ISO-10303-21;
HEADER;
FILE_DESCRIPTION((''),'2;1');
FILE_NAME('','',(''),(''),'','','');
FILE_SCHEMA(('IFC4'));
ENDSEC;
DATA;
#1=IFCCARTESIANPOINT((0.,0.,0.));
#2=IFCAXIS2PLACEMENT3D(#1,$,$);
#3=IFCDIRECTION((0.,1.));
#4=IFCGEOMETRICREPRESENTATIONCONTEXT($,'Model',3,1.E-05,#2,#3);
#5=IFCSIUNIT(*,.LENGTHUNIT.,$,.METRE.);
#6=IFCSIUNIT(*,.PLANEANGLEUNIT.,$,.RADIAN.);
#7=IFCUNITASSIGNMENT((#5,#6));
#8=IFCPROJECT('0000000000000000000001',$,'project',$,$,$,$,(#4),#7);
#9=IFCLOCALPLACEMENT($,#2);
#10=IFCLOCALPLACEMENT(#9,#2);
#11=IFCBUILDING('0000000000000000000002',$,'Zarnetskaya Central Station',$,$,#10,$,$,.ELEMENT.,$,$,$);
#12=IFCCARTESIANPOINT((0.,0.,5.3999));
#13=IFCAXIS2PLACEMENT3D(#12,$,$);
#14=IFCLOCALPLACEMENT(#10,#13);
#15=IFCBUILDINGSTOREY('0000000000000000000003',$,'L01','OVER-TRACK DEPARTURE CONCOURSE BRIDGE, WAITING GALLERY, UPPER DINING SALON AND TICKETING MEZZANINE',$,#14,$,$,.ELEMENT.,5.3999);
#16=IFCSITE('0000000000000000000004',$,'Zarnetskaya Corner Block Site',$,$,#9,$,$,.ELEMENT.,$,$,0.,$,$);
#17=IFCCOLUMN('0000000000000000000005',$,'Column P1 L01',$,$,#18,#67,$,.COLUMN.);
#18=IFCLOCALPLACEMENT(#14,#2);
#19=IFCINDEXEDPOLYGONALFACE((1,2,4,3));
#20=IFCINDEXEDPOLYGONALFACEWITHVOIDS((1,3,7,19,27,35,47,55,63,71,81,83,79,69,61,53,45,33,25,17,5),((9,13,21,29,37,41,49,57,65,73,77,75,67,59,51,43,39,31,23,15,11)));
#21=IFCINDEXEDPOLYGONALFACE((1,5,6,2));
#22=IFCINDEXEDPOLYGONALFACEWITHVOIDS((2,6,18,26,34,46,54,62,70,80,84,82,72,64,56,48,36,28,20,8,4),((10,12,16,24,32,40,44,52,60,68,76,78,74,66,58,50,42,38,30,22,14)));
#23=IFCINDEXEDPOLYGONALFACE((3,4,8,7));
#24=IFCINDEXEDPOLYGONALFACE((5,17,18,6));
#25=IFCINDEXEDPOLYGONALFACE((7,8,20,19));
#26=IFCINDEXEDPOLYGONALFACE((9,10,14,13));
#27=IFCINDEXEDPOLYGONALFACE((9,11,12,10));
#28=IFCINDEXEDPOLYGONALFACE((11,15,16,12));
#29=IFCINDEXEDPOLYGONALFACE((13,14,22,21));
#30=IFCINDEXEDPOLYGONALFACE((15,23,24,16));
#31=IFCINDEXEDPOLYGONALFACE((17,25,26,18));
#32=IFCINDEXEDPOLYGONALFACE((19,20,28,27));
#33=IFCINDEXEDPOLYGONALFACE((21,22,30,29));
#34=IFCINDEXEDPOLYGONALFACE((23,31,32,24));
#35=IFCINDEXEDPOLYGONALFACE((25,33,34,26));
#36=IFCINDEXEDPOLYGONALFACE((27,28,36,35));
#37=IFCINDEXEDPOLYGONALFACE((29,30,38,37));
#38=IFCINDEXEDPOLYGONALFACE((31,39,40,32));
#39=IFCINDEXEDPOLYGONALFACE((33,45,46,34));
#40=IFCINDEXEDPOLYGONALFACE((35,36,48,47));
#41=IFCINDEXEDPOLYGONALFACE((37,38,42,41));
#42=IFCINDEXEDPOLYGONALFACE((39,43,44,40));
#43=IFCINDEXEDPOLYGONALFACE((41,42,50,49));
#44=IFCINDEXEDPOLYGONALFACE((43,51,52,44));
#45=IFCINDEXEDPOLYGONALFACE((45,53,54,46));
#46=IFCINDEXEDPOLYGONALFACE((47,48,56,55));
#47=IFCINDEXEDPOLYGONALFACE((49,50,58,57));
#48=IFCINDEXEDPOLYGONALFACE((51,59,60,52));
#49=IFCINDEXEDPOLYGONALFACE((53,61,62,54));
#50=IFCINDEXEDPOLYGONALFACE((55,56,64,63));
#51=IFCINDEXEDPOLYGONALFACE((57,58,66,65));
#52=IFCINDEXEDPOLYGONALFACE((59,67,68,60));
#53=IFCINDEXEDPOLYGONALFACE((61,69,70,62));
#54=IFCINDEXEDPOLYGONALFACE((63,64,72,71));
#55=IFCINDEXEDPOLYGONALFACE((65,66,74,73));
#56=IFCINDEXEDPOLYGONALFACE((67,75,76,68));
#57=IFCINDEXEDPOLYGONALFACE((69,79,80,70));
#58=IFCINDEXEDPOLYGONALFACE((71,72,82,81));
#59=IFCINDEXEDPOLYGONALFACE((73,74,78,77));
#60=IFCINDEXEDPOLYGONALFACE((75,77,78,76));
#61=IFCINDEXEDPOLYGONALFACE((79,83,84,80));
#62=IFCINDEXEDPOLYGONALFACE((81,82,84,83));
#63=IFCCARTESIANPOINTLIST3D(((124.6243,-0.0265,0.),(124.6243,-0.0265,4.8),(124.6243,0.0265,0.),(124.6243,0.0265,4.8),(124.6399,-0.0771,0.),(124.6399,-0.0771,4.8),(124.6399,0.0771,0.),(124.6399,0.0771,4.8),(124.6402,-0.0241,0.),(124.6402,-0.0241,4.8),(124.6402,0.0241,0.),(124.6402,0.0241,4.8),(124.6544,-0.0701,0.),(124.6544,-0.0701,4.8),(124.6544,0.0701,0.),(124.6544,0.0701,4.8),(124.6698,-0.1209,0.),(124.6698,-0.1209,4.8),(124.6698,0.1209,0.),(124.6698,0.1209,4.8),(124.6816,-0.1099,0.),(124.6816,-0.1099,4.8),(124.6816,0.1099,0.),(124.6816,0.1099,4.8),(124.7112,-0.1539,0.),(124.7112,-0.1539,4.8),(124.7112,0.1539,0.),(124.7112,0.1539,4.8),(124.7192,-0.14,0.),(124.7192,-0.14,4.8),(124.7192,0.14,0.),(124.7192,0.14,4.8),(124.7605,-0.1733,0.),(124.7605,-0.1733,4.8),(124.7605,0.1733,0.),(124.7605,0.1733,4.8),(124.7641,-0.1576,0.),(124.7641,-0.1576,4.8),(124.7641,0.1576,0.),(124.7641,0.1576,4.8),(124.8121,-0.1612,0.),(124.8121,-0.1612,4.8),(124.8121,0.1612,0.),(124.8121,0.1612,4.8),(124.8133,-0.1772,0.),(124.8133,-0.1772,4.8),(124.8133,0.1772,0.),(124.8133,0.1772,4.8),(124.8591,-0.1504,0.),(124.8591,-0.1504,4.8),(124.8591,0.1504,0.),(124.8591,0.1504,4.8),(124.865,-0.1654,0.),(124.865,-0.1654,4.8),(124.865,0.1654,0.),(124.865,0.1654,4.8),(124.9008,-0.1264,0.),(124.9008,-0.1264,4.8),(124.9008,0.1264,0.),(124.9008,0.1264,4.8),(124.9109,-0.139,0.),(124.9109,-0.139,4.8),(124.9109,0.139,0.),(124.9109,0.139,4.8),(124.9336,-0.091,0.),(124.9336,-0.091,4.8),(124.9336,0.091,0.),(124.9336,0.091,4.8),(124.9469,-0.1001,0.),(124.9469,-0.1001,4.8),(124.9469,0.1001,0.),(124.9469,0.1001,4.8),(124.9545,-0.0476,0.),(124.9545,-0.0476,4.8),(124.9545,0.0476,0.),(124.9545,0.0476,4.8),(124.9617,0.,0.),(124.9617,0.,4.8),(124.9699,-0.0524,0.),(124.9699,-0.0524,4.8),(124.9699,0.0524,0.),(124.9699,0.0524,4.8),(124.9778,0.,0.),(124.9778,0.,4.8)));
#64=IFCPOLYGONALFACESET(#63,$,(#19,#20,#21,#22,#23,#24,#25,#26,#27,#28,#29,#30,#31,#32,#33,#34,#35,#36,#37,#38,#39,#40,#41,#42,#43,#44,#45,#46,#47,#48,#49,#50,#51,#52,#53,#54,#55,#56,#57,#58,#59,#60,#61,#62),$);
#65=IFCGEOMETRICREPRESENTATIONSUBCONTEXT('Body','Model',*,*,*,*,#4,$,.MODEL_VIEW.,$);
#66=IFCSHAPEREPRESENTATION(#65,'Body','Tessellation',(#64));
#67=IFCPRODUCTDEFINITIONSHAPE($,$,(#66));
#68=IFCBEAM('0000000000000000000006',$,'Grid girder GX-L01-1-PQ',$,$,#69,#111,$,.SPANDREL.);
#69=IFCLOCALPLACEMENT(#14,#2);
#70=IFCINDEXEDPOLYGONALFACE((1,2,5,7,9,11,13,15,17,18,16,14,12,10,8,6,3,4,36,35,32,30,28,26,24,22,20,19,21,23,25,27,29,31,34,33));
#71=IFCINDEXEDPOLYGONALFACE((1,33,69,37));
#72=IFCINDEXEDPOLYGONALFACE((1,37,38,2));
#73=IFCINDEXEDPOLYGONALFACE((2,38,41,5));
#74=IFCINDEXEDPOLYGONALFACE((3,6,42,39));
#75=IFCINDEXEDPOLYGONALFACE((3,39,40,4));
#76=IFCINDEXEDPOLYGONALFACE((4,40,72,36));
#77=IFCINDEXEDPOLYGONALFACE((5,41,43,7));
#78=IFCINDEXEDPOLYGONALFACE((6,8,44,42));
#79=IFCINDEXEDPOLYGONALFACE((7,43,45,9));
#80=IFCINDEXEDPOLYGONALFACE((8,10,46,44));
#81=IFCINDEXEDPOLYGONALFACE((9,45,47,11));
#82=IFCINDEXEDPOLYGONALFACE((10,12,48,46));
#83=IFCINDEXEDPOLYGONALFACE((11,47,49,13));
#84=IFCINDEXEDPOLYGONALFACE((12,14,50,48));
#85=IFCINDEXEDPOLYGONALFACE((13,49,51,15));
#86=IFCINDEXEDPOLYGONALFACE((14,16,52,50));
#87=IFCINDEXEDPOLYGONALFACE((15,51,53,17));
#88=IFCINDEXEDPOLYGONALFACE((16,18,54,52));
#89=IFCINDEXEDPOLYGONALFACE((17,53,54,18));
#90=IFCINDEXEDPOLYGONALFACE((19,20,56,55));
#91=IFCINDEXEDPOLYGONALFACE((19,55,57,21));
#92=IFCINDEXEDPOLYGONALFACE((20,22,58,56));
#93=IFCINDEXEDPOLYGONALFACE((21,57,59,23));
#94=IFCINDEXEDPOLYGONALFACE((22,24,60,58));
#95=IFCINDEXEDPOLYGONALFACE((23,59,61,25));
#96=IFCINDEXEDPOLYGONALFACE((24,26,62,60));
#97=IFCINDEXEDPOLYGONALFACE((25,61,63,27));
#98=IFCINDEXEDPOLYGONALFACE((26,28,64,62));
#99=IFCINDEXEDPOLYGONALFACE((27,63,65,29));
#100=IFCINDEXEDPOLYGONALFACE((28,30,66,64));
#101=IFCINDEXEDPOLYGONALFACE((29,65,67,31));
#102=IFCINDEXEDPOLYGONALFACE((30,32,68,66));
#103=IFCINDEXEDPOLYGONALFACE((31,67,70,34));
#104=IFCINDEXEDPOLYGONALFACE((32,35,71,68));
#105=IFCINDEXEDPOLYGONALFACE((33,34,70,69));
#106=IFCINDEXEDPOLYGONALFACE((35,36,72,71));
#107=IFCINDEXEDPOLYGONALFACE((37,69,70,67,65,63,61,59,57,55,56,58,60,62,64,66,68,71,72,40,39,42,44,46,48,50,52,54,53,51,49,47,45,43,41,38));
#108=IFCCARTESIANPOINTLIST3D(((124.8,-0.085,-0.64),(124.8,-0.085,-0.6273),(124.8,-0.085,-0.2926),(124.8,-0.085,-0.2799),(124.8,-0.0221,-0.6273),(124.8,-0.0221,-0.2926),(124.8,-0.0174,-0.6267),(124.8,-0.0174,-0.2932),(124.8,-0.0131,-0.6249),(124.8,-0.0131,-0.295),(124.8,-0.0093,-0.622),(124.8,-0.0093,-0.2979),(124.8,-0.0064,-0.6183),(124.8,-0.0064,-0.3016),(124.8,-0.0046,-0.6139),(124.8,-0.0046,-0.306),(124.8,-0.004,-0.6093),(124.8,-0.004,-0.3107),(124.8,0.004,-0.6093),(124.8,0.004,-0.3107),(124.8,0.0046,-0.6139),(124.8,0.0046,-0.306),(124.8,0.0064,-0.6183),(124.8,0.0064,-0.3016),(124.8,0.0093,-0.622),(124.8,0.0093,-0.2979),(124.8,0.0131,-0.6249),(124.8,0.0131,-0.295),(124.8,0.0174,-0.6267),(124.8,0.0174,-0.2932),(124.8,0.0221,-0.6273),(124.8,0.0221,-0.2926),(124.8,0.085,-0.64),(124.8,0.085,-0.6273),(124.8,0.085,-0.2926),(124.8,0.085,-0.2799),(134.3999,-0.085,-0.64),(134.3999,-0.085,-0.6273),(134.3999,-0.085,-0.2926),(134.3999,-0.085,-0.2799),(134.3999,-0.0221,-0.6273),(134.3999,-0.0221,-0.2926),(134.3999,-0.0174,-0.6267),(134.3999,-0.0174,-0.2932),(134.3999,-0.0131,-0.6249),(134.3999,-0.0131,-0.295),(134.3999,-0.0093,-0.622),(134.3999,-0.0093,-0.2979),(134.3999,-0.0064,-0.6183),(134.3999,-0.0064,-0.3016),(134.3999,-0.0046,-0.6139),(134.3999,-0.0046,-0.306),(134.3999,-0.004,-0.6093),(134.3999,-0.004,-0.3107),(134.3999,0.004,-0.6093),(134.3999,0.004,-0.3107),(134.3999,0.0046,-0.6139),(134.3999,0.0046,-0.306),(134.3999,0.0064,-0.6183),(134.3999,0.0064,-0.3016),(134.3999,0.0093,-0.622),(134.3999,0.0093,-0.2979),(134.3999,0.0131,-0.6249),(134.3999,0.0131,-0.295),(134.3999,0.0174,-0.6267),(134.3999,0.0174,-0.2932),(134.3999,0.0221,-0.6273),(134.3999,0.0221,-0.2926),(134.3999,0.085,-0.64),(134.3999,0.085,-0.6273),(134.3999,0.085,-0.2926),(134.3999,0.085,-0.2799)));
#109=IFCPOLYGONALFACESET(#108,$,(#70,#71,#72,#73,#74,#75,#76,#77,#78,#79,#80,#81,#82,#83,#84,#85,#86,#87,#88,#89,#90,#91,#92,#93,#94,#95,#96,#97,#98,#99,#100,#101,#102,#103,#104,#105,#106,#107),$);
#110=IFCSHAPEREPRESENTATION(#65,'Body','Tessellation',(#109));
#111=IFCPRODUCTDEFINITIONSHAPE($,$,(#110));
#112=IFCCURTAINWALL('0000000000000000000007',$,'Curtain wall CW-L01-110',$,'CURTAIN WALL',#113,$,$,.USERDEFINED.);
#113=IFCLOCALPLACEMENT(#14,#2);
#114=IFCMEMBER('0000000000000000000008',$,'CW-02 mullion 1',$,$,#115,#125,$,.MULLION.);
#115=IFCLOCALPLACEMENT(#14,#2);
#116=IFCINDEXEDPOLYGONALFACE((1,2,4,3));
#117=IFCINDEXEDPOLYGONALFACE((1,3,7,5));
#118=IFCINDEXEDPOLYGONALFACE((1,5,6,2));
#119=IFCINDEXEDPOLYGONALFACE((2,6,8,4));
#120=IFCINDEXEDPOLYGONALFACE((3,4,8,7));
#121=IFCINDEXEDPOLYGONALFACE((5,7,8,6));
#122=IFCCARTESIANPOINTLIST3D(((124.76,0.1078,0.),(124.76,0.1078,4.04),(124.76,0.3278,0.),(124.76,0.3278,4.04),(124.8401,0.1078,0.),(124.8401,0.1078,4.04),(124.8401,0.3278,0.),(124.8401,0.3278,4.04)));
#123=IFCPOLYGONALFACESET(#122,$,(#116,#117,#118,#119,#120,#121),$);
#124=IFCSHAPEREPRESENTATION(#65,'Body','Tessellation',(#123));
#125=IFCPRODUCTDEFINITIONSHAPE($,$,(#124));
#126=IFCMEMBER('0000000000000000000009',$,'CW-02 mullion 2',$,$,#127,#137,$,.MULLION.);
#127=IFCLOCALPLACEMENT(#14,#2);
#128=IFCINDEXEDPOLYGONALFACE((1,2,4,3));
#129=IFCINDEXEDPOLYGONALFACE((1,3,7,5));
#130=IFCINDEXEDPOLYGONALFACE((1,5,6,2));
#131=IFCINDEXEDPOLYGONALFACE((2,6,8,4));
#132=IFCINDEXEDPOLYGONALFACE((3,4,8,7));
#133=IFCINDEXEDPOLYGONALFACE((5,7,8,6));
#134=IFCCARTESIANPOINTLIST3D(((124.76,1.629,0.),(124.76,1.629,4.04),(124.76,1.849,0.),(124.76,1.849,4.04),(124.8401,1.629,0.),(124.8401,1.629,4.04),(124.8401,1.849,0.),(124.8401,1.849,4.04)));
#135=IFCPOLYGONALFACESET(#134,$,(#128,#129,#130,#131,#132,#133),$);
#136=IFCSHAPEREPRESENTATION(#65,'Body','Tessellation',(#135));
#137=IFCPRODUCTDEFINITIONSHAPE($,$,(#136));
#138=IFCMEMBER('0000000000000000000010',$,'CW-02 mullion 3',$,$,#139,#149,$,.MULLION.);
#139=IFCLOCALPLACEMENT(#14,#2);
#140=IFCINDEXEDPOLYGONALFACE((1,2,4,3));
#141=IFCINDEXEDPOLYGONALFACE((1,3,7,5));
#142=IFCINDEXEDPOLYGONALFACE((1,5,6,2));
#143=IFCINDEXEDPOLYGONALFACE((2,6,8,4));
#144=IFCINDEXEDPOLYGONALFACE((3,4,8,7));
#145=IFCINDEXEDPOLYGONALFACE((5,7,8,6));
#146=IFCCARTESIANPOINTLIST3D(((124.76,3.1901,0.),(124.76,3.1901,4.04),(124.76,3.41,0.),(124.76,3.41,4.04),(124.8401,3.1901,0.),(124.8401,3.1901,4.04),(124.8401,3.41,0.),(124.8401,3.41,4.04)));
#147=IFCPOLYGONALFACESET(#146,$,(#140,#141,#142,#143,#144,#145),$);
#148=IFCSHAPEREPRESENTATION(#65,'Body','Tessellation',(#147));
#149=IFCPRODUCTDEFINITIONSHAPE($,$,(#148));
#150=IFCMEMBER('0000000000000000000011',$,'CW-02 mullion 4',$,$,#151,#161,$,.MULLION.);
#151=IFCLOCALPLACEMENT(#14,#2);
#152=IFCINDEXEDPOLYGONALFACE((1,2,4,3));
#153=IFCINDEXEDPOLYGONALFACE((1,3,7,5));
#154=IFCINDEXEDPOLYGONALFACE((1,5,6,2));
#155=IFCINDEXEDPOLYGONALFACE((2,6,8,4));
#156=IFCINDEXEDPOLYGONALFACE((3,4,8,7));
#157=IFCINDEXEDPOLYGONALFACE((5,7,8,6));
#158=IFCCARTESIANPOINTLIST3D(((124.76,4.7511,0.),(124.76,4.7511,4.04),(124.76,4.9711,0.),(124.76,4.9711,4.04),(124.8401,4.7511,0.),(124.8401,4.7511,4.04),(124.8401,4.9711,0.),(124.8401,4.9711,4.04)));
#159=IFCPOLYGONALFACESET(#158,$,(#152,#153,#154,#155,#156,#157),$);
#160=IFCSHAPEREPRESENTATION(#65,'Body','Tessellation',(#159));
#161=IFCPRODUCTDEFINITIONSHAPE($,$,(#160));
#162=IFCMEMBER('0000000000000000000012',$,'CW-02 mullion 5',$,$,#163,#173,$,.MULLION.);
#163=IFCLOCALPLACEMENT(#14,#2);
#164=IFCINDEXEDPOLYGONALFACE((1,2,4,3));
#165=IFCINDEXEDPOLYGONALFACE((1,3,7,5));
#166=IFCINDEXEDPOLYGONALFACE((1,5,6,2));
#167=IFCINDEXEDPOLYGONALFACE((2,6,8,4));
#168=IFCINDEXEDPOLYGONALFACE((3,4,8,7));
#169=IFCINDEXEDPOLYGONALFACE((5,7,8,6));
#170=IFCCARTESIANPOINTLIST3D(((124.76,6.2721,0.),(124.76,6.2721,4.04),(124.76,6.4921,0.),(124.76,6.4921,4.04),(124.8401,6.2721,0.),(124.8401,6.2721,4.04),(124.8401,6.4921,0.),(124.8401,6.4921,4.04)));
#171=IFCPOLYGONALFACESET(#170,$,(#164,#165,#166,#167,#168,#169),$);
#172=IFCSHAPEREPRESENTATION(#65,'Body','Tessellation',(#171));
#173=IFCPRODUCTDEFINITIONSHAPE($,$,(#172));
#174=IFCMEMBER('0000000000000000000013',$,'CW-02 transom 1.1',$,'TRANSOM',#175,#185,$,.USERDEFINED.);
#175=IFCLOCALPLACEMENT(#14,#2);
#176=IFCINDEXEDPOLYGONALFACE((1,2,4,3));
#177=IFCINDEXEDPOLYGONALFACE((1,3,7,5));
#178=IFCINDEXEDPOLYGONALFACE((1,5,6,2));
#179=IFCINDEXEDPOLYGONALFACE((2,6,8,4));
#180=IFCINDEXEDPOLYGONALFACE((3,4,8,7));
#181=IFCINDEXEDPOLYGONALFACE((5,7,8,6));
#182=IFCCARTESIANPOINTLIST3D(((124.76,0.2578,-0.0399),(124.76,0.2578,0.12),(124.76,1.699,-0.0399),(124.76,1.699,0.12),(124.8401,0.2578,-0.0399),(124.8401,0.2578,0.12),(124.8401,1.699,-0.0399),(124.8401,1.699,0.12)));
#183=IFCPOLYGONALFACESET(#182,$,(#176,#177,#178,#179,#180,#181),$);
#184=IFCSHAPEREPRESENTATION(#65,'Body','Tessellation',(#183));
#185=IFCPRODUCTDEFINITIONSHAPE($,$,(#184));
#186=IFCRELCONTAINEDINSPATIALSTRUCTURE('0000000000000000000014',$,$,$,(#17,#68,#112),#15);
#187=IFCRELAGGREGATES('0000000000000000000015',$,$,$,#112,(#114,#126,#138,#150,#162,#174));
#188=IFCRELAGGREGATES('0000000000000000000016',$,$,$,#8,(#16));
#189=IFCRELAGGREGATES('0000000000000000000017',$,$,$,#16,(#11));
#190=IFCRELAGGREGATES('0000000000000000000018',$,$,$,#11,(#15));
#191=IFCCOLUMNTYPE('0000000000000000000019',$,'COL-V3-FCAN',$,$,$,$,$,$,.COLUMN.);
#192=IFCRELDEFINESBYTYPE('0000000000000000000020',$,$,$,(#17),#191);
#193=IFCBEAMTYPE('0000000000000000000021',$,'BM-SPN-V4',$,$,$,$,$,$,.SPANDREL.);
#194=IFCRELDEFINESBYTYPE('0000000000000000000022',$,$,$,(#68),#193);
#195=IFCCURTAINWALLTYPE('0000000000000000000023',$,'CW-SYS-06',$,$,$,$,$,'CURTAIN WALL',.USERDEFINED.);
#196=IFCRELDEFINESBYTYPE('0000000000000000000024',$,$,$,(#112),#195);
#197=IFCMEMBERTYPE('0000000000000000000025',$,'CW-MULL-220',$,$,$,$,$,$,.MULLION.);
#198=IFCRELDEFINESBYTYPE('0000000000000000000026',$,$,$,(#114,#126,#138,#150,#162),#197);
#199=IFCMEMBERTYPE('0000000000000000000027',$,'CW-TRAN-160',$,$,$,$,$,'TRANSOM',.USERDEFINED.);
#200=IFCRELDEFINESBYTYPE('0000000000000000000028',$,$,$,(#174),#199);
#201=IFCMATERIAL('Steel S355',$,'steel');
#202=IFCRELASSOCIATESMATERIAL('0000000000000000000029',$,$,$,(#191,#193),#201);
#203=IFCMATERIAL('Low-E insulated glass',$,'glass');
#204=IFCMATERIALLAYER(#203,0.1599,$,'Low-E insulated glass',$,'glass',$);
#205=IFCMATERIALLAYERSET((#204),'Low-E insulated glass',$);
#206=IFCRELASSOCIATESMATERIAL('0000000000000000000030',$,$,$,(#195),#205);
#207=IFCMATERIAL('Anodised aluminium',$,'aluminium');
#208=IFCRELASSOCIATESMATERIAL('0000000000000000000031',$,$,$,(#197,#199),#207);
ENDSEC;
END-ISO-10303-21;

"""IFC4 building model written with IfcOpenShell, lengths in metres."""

from ifc_helpers import new_model, si_unit, direction, frame, origin, origin_2d, place, context, subcontext, project, spatial, rectangle, hollow_circle, i_section, extrude, material, layer, layer_set, material_profile, profile_set, type_object, element, aggregate, save


model = new_model("IFC4")

# Units and contexts
model_context = context("Model", 3, precision=1e-05, world=origin(), true_north=direction((0.0, 1.0)))
body_context = subcontext(model_context, "Body", "Model", "MODEL_VIEW")
ifc_project = project(units=[si_unit("LENGTHUNIT", "METRE"), si_unit("PLANEANGLEUNIT", "RADIAN")], contexts=[model_context])

# Site, building, storey
site_placement = place(None, origin())
site = spatial("IfcSite", under=ifc_project, at=site_placement, Name="Zarnetskaya Corner Block Site", CompositionType="ELEMENT", RefElevation=0.0)
building_placement = place(site_placement, origin())
building = spatial("IfcBuilding", under=site, at=building_placement, Name="Zarnetskaya Central Station", CompositionType="ELEMENT")
storey_placement = place(building_placement, frame((0.0, 0.0, 5.3999)))
storey = spatial("IfcBuildingStorey", under=building, at=storey_placement, Name="L01", Description="OVER-TRACK DEPARTURE CONCOURSE BRIDGE, WAITING GALLERY, UPPER DINING SALON AND TICKETING MEZZANINE", CompositionType="ELEMENT", Elevation=5.3999)

# Column
ifc_material_1 = material(Name="Steel S355", Category="steel")
ifc_material_profile_1 = material_profile(ifc_material_1, hollow_circle(Radius=0.1777, WallThickness=0.0161, at=origin_2d()), Name="CHS 355.6x16")
ifc_profile_set_1 = profile_set([ifc_material_profile_1], Name="Steel S355")
column_type = type_object("IfcColumnType", Name="COL-V3-FCAN", PredefinedType="COLUMN", material=ifc_profile_set_1)
column_placement = place(storey_placement, frame((124.8, 0.0, 0.0), z_axis=(0.0, 0.0, 1.0), x_axis=(1.0, 0.0, 0.0)))
element("IfcColumn", 1, at=column_placement, inside=storey, type_object=column_type, Name="Column P1 L01", PredefinedType="COLUMN", context=body_context, shape_type="SweptSolid", body=[
    extrude(hollow_circle(Radius=0.1777, WallThickness=0.0161, at=origin_2d()), origin(), (0.0, 0.0, 1.0), 4.8),
])

# Beam
ifc_material_profile_2 = material_profile(ifc_material_1, i_section(OverallWidth=0.1699, OverallDepth=0.3601, WebThickness=0.0081, FlangeThickness=0.0127, FilletRadius=0.0181, at=origin_2d()), Name="IPE 360")
ifc_profile_set_2 = profile_set([ifc_material_profile_2], Name="Steel S355")
beam_type_1 = type_object("IfcBeamType", Name="BM-SPN-V4", PredefinedType="SPANDREL", material=ifc_profile_set_2)
beam_1_placement = place(storey_placement, frame((124.8, 0.0, -0.46), z_axis=(1.0, 0.0, 0.0), x_axis=(0.0, 1.0, 0.0)))
element("IfcBeam", 2, at=beam_1_placement, inside=storey, type_object=beam_type_1, Name="Grid girder GX-L01-1-PQ", PredefinedType="SPANDREL", context=body_context, shape_type="SweptSolid", body=[
    extrude(i_section(OverallWidth=0.1699, OverallDepth=0.3601, WebThickness=0.0081, FlangeThickness=0.0127, FilletRadius=0.0181, at=origin_2d()), origin(), (0.0, 0.0, 1.0), 9.5999),
])

# Curtain wall, members
ifc_material_2 = material(Name="Low-E insulated glass", Category="glass")
ifc_layer_1 = layer(ifc_material_2, 0.1599, Name="Low-E insulated glass", Category="glass")
ifc_layer_set_1 = layer_set([ifc_layer_1], Name="Low-E insulated glass")
curtain_wall_type = type_object("IfcCurtainWallType", Name="CW-SYS-06", ElementType="CURTAIN WALL", PredefinedType="USERDEFINED", material=ifc_layer_set_1)
curtain_wall_placement = place(storey_placement, origin())
curtain_wall = element("IfcCurtainWall", 3, at=curtain_wall_placement, inside=storey, type_object=curtain_wall_type, Name="Curtain wall CW-L01-110", ObjectType="CURTAIN WALL", PredefinedType="USERDEFINED")
ifc_material_3 = material(Name="Anodised aluminium", Category="aluminium")
ifc_material_profile_3 = material_profile(ifc_material_3, rectangle(XDim=0.0801, YDim=0.22, at=origin_2d()), Name="ALU MULL 80x220")
ifc_profile_set_3 = profile_set([ifc_material_profile_3], Name="Anodised aluminium")
member_type_1 = type_object("IfcMemberType", Name="CW-MULL-220", PredefinedType="MULLION", material=ifc_profile_set_3)
member_1_placement = place(storey_placement, frame((124.8, 0.2178, 0.0), z_axis=(0.0, 0.0, 1.0), x_axis=(-1.0, 0.0, 0.0)))
member_1 = element("IfcMember", 4, at=member_1_placement, type_object=member_type_1, Name="CW-02 mullion 1", PredefinedType="MULLION", context=body_context, shape_type="SweptSolid", body=[
    extrude(rectangle(XDim=0.0801, YDim=0.22, at=origin_2d()), origin(), (0.0, 0.0, 1.0), 4.04),
])
member_2_placement = place(storey_placement, frame((124.8, 1.739, 0.0), z_axis=(0.0, 0.0, 1.0), x_axis=(-1.0, 0.0, 0.0)))
member_2 = element("IfcMember", 5, at=member_2_placement, type_object=member_type_1, Name="CW-02 mullion 2", PredefinedType="MULLION", context=body_context, shape_type="SweptSolid", body=[
    extrude(rectangle(XDim=0.0801, YDim=0.22, at=origin_2d()), origin(), (0.0, 0.0, 1.0), 4.04),
])
member_3_placement = place(storey_placement, frame((124.8, 3.3, 0.0), z_axis=(0.0, 0.0, 1.0), x_axis=(-1.0, 0.0, 0.0)))
member_3 = element("IfcMember", 6, at=member_3_placement, type_object=member_type_1, Name="CW-02 mullion 3", PredefinedType="MULLION", context=body_context, shape_type="SweptSolid", body=[
    extrude(rectangle(XDim=0.0801, YDim=0.22, at=origin_2d()), origin(), (0.0, 0.0, 1.0), 4.04),
])
member_4_placement = place(storey_placement, frame((124.8, 4.8611, 0.0), z_axis=(0.0, 0.0, 1.0), x_axis=(-1.0, 0.0, 0.0)))
member_4 = element("IfcMember", 7, at=member_4_placement, type_object=member_type_1, Name="CW-02 mullion 4", PredefinedType="MULLION", context=body_context, shape_type="SweptSolid", body=[
    extrude(rectangle(XDim=0.0801, YDim=0.22, at=origin_2d()), origin(), (0.0, 0.0, 1.0), 4.04),
])
member_5_placement = place(storey_placement, frame((124.8, 6.3821, 0.0), z_axis=(0.0, 0.0, 1.0), x_axis=(-1.0, 0.0, 0.0)))
member_5 = element("IfcMember", 8, at=member_5_placement, type_object=member_type_1, Name="CW-02 mullion 5", PredefinedType="MULLION", context=body_context, shape_type="SweptSolid", body=[
    extrude(rectangle(XDim=0.0801, YDim=0.22, at=origin_2d()), origin(), (0.0, 0.0, 1.0), 4.04),
])
ifc_material_profile_4 = material_profile(ifc_material_3, rectangle(XDim=0.0801, YDim=0.1599, at=origin_2d()), Name="ALU TRAN 80x160")
ifc_profile_set_4 = profile_set([ifc_material_profile_4], Name="Anodised aluminium")
member_type_2 = type_object("IfcMemberType", Name="CW-TRAN-160", ElementType="TRANSOM", PredefinedType="USERDEFINED", material=ifc_profile_set_4)
member_6_placement = place(storey_placement, frame((124.8, 0.2578, 0.04), z_axis=(0.0, 1.0, 0.0), x_axis=(-1.0, 0.0, 0.0)))
member_6 = element("IfcMember", 9, at=member_6_placement, type_object=member_type_2, Name="CW-02 transom 1.1", ObjectType="TRANSOM", PredefinedType="USERDEFINED", context=body_context, shape_type="SweptSolid", body=[
    extrude(rectangle(XDim=0.0801, YDim=0.1599, at=origin_2d()), origin(), (0.0, 0.0, 1.0), 1.4412),
])

aggregate(curtain_wall, [member_1, member_2, member_3, member_4, member_5, member_6])

save(model, "model.ifc")
